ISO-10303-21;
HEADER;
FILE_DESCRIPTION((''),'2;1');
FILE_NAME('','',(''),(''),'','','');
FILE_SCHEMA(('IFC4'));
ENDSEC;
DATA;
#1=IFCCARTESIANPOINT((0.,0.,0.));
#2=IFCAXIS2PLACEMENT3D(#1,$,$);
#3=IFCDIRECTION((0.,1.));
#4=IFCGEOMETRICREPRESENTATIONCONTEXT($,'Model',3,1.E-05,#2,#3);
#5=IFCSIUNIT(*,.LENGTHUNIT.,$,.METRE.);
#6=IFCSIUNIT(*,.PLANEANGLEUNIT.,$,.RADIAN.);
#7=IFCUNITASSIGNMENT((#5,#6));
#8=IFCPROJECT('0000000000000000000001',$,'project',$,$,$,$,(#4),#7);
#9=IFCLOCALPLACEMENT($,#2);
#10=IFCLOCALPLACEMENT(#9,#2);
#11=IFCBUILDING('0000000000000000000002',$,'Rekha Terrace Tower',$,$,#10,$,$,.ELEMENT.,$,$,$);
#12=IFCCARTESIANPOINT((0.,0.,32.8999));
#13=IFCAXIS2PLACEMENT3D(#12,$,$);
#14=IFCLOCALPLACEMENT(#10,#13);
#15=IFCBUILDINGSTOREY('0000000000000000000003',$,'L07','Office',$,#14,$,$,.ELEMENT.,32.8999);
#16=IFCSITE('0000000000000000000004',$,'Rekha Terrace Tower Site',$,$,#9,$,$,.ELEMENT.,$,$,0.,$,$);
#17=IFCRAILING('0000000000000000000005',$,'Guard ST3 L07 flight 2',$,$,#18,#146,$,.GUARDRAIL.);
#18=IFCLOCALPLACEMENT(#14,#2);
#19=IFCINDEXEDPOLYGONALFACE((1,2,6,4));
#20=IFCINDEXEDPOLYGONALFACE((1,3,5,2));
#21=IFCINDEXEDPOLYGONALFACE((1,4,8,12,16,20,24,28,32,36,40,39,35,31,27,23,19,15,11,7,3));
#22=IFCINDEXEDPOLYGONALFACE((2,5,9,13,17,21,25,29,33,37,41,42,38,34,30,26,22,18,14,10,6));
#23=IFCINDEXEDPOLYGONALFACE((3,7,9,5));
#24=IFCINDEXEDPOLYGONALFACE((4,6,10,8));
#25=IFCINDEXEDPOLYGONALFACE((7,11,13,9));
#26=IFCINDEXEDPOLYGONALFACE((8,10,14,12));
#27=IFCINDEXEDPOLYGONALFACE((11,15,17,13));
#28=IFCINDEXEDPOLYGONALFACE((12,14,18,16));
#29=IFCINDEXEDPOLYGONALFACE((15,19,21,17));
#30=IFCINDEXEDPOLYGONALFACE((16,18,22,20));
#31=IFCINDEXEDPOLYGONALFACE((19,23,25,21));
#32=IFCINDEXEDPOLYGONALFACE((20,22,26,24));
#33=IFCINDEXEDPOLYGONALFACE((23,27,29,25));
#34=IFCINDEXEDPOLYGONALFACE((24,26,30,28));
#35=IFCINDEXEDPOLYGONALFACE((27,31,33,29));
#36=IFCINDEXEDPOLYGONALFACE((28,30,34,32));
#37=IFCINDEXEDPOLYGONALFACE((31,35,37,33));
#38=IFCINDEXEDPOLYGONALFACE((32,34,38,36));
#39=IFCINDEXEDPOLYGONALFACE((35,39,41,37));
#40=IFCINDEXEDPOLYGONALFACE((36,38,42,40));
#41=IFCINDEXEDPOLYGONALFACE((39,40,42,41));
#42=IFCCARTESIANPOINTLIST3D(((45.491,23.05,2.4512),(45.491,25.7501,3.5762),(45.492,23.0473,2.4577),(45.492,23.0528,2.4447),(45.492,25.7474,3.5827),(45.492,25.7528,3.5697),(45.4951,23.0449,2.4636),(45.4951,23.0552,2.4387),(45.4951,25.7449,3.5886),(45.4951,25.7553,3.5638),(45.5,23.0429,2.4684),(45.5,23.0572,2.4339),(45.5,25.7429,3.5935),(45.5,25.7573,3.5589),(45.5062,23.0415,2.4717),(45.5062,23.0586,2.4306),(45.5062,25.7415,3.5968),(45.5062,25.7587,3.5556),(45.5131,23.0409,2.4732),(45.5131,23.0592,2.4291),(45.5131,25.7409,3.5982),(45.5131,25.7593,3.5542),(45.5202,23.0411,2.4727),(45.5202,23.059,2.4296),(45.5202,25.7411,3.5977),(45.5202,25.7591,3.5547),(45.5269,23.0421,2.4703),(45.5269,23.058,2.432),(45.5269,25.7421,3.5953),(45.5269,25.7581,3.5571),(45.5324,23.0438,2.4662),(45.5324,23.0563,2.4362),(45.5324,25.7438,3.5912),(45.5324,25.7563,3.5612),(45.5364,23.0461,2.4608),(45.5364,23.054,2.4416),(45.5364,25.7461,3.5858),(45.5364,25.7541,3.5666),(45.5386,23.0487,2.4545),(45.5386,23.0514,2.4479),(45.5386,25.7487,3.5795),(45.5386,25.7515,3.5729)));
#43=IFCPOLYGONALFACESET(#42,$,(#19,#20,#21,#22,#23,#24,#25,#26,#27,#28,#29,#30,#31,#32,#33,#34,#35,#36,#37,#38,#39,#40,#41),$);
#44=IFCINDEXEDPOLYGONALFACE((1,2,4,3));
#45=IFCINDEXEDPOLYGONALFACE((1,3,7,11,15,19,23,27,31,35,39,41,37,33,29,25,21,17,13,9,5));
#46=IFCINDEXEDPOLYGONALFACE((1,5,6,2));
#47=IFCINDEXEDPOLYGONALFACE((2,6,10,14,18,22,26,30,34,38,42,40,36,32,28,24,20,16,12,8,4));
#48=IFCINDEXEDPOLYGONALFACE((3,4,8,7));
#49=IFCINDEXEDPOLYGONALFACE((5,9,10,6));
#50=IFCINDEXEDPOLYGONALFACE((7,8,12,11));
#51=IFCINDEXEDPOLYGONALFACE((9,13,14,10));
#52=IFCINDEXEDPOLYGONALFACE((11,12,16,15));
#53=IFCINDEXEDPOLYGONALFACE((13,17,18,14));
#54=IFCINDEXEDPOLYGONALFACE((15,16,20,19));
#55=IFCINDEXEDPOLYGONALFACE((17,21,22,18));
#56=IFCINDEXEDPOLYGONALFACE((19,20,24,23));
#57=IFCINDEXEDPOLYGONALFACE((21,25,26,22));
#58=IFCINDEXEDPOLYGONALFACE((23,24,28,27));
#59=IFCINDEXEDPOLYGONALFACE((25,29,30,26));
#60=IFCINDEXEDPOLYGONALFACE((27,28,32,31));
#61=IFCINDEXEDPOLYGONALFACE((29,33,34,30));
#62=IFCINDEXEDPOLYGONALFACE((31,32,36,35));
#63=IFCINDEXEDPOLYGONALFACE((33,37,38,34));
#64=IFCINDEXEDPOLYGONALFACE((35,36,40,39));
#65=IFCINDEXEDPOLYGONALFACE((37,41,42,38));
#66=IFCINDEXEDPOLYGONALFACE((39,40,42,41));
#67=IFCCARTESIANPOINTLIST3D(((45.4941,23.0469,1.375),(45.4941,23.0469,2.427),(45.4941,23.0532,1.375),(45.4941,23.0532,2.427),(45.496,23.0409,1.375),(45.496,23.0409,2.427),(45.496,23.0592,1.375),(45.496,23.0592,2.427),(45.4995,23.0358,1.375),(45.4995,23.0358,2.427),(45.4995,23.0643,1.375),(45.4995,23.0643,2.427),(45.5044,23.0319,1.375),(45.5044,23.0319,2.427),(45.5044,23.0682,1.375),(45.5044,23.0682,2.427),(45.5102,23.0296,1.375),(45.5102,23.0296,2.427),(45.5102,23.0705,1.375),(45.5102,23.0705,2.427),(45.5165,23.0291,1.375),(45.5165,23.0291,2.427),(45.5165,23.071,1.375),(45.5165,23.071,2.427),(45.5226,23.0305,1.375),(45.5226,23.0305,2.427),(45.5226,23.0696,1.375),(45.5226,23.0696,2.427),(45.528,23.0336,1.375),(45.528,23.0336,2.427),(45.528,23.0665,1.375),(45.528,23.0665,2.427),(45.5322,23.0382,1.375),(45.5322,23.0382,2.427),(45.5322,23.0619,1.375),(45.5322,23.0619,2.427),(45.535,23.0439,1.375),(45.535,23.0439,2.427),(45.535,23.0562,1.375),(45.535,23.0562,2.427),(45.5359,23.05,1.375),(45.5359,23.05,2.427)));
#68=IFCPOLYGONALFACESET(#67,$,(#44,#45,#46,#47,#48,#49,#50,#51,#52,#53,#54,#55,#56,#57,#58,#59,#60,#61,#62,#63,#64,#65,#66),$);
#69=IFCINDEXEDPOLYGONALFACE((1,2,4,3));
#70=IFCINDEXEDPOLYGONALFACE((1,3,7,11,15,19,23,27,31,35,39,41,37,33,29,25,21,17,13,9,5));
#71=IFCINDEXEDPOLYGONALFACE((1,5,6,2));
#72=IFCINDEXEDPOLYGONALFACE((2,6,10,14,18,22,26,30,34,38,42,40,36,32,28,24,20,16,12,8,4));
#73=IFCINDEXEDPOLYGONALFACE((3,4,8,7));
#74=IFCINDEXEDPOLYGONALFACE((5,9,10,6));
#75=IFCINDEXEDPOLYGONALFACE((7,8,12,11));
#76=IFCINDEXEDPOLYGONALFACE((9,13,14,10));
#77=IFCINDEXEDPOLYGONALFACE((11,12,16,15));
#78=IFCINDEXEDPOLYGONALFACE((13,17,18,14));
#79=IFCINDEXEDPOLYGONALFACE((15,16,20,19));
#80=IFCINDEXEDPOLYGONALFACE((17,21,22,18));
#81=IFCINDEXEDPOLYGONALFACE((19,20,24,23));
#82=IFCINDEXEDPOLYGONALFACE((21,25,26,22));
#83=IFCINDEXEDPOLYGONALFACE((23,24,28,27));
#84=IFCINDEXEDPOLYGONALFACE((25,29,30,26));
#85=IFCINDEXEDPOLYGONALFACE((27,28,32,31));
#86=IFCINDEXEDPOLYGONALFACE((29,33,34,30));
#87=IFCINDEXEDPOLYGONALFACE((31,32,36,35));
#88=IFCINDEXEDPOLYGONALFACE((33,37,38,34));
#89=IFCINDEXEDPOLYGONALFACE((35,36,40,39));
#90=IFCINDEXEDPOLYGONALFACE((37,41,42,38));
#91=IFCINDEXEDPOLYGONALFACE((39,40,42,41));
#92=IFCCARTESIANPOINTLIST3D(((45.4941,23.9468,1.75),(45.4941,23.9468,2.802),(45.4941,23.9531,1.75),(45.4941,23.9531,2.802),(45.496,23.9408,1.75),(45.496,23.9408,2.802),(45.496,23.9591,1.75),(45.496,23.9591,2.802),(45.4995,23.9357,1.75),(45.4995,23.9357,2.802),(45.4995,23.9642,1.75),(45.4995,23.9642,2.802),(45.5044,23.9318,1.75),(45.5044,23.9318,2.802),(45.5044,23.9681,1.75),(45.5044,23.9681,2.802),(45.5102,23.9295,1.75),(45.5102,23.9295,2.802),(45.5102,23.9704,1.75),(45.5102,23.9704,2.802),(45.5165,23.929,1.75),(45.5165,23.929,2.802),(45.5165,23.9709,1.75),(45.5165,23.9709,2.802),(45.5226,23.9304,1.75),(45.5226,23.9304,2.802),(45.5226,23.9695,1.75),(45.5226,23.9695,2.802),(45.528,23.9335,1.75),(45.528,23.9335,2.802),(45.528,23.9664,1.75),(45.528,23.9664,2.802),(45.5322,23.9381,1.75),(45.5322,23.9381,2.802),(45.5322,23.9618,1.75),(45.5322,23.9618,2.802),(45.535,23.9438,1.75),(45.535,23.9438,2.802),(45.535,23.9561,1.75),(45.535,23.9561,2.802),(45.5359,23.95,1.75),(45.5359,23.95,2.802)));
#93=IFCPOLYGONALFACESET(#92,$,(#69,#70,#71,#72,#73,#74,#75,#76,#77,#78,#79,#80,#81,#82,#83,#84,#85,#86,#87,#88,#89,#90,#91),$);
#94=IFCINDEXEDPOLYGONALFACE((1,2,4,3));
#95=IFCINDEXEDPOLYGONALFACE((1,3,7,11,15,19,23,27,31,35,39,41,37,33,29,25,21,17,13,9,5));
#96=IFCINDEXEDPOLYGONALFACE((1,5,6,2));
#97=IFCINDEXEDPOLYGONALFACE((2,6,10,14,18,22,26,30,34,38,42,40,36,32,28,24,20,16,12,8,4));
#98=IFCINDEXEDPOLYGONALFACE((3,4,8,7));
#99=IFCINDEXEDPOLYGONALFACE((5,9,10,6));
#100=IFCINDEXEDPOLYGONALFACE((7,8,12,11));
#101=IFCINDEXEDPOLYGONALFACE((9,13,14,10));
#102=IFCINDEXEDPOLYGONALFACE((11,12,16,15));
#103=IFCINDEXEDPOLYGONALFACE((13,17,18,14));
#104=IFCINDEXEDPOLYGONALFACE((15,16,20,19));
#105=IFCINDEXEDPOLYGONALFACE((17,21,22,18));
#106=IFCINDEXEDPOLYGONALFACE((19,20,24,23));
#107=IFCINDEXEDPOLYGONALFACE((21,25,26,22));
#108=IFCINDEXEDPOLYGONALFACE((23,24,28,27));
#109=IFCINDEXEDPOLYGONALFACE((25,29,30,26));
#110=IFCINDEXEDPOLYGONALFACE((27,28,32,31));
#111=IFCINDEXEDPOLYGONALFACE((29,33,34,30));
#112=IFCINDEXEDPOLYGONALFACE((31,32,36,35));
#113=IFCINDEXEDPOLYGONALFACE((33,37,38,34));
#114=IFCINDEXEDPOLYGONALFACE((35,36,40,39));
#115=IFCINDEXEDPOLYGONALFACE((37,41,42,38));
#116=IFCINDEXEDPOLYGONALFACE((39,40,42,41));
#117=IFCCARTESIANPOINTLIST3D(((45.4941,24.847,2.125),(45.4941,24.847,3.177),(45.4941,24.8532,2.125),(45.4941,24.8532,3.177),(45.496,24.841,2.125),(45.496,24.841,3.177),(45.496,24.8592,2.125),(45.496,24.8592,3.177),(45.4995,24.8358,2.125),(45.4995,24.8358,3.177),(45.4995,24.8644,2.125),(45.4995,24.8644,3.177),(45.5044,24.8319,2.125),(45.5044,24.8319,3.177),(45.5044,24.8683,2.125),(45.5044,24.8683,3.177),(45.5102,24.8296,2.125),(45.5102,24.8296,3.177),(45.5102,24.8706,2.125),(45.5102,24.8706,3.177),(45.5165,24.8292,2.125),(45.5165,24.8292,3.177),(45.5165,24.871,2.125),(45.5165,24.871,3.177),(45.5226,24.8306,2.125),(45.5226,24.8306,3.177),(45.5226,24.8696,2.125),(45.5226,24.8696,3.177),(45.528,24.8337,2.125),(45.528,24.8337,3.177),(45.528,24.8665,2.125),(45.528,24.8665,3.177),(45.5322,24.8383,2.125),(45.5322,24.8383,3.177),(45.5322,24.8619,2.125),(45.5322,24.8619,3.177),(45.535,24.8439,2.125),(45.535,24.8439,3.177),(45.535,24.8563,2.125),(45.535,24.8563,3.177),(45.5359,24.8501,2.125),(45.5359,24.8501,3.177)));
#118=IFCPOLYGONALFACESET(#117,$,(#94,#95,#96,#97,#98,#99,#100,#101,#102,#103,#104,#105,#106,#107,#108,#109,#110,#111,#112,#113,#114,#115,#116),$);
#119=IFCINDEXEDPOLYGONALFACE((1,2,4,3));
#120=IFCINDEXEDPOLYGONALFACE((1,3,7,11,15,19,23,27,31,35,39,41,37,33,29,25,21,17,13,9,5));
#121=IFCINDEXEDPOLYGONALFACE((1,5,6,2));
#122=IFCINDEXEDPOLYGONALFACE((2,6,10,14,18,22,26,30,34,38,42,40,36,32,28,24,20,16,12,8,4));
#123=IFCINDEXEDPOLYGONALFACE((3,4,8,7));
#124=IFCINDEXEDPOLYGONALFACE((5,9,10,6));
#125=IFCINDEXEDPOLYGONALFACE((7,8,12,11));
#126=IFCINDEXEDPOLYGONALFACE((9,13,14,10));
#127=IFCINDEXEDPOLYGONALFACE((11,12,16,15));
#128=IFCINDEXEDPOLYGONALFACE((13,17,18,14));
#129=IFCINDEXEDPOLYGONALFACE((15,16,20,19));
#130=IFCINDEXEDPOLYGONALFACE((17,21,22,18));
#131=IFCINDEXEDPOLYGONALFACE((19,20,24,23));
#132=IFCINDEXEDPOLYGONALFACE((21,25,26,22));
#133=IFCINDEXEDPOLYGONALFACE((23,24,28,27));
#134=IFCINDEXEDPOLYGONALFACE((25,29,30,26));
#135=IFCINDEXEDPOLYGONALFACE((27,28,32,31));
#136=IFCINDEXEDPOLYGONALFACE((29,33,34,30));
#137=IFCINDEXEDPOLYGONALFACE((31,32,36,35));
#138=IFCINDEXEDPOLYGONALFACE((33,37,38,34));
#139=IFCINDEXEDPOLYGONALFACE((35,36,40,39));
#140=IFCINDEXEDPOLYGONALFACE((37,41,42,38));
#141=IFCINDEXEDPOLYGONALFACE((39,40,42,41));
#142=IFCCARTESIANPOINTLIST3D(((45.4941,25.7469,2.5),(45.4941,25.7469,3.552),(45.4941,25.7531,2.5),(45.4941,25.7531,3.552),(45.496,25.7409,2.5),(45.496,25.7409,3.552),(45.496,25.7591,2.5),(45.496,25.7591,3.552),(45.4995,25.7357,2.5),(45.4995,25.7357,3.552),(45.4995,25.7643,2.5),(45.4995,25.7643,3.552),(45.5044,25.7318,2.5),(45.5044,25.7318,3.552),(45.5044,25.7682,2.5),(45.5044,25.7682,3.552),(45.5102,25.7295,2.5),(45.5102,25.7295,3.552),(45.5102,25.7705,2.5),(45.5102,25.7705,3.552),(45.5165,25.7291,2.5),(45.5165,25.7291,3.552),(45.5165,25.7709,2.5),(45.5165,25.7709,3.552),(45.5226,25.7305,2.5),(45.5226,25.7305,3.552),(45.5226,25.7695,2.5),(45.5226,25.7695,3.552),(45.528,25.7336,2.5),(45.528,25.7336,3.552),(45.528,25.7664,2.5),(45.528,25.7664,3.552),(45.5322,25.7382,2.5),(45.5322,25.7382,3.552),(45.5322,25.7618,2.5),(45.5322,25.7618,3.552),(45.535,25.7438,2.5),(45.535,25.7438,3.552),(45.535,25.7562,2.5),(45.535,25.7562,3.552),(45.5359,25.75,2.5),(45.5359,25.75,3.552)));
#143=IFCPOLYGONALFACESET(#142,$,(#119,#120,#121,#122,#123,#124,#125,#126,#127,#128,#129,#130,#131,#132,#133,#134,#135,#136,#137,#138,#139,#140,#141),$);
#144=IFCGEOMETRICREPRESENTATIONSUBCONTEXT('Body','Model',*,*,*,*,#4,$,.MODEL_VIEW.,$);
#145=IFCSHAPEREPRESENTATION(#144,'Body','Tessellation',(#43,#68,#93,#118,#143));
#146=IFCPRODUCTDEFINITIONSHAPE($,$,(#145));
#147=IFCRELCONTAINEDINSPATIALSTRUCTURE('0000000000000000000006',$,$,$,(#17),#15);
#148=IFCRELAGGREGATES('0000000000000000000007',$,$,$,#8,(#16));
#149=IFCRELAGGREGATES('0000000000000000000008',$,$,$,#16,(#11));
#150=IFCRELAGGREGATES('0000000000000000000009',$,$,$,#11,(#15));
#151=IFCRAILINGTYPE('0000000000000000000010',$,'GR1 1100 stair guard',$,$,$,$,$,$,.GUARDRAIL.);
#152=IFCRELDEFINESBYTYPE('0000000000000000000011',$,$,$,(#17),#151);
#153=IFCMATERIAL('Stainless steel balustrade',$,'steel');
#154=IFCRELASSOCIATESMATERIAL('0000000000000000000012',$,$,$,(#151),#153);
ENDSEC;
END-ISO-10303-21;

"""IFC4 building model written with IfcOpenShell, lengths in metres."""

from ifc_helpers import new_model, si_unit, direction, frame, origin, origin_2d, place, context, subcontext, project, spatial, circle, extrude, material, type_object, element, save


model = new_model("IFC4")

# Units and contexts
model_context = context("Model", 3, precision=1e-05, world=origin(), true_north=direction((0.0, 1.0)))
body_context = subcontext(model_context, "Body", "Model", "MODEL_VIEW")
ifc_project = project(units=[si_unit("LENGTHUNIT", "METRE"), si_unit("PLANEANGLEUNIT", "RADIAN")], contexts=[model_context])

# Site, building, storey
site_placement = place(None, origin())
site = spatial("IfcSite", under=ifc_project, at=site_placement, Name="Rekha Terrace Tower Site", CompositionType="ELEMENT", RefElevation=0.0)
building_placement = place(site_placement, origin())
building = spatial("IfcBuilding", under=site, at=building_placement, Name="Rekha Terrace Tower", CompositionType="ELEMENT")
storey_placement = place(building_placement, frame((0.0, 0.0, 32.8999)))
storey = spatial("IfcBuildingStorey", under=building, at=storey_placement, Name="L07", Description="Office", CompositionType="ELEMENT", Elevation=32.8999)

# Railing
ifc_material_1 = material(Name="Stainless steel balustrade", Category="steel")
railing_type_1 = type_object("IfcRailingType", Name="GR1 1100 stair guard", PredefinedType="GUARDRAIL", material=ifc_material_1)
railing_1_placement = place(storey_placement, frame((45.5149, 23.05, 1.375)))
element("IfcRailing", 1, at=railing_1_placement, inside=storey, type_object=railing_type_1, Name="Guard ST3 L07 flight 2", PredefinedType="GUARDRAIL", context=body_context, shape_type="SweptSolid", body=[
    extrude(circle(Radius=0.0239, at=origin_2d()), frame((0.0, 0.0, 1.0762), z_axis=(0.0, 0.923074, 0.384621), x_axis=(-1.0, 0.0, 0.0)), (0.0, 0.0, 1.0), 2.925),
    extrude(circle(Radius=0.021, at=origin_2d()), origin(), (0.0, 0.0, 1.0), 1.052),
    extrude(circle(Radius=0.021, at=origin_2d()), frame((0.0, 0.8999, 0.375)), (0.0, 0.0, 1.0), 1.052),
    extrude(circle(Radius=0.021, at=origin_2d()), frame((0.0, 1.8, 0.75)), (0.0, 0.0, 1.0), 1.052),
    extrude(circle(Radius=0.021, at=origin_2d()), frame((0.0, 2.7, 1.125)), (0.0, 0.0, 1.0), 1.052),
])

save(model, "model.ifc")
